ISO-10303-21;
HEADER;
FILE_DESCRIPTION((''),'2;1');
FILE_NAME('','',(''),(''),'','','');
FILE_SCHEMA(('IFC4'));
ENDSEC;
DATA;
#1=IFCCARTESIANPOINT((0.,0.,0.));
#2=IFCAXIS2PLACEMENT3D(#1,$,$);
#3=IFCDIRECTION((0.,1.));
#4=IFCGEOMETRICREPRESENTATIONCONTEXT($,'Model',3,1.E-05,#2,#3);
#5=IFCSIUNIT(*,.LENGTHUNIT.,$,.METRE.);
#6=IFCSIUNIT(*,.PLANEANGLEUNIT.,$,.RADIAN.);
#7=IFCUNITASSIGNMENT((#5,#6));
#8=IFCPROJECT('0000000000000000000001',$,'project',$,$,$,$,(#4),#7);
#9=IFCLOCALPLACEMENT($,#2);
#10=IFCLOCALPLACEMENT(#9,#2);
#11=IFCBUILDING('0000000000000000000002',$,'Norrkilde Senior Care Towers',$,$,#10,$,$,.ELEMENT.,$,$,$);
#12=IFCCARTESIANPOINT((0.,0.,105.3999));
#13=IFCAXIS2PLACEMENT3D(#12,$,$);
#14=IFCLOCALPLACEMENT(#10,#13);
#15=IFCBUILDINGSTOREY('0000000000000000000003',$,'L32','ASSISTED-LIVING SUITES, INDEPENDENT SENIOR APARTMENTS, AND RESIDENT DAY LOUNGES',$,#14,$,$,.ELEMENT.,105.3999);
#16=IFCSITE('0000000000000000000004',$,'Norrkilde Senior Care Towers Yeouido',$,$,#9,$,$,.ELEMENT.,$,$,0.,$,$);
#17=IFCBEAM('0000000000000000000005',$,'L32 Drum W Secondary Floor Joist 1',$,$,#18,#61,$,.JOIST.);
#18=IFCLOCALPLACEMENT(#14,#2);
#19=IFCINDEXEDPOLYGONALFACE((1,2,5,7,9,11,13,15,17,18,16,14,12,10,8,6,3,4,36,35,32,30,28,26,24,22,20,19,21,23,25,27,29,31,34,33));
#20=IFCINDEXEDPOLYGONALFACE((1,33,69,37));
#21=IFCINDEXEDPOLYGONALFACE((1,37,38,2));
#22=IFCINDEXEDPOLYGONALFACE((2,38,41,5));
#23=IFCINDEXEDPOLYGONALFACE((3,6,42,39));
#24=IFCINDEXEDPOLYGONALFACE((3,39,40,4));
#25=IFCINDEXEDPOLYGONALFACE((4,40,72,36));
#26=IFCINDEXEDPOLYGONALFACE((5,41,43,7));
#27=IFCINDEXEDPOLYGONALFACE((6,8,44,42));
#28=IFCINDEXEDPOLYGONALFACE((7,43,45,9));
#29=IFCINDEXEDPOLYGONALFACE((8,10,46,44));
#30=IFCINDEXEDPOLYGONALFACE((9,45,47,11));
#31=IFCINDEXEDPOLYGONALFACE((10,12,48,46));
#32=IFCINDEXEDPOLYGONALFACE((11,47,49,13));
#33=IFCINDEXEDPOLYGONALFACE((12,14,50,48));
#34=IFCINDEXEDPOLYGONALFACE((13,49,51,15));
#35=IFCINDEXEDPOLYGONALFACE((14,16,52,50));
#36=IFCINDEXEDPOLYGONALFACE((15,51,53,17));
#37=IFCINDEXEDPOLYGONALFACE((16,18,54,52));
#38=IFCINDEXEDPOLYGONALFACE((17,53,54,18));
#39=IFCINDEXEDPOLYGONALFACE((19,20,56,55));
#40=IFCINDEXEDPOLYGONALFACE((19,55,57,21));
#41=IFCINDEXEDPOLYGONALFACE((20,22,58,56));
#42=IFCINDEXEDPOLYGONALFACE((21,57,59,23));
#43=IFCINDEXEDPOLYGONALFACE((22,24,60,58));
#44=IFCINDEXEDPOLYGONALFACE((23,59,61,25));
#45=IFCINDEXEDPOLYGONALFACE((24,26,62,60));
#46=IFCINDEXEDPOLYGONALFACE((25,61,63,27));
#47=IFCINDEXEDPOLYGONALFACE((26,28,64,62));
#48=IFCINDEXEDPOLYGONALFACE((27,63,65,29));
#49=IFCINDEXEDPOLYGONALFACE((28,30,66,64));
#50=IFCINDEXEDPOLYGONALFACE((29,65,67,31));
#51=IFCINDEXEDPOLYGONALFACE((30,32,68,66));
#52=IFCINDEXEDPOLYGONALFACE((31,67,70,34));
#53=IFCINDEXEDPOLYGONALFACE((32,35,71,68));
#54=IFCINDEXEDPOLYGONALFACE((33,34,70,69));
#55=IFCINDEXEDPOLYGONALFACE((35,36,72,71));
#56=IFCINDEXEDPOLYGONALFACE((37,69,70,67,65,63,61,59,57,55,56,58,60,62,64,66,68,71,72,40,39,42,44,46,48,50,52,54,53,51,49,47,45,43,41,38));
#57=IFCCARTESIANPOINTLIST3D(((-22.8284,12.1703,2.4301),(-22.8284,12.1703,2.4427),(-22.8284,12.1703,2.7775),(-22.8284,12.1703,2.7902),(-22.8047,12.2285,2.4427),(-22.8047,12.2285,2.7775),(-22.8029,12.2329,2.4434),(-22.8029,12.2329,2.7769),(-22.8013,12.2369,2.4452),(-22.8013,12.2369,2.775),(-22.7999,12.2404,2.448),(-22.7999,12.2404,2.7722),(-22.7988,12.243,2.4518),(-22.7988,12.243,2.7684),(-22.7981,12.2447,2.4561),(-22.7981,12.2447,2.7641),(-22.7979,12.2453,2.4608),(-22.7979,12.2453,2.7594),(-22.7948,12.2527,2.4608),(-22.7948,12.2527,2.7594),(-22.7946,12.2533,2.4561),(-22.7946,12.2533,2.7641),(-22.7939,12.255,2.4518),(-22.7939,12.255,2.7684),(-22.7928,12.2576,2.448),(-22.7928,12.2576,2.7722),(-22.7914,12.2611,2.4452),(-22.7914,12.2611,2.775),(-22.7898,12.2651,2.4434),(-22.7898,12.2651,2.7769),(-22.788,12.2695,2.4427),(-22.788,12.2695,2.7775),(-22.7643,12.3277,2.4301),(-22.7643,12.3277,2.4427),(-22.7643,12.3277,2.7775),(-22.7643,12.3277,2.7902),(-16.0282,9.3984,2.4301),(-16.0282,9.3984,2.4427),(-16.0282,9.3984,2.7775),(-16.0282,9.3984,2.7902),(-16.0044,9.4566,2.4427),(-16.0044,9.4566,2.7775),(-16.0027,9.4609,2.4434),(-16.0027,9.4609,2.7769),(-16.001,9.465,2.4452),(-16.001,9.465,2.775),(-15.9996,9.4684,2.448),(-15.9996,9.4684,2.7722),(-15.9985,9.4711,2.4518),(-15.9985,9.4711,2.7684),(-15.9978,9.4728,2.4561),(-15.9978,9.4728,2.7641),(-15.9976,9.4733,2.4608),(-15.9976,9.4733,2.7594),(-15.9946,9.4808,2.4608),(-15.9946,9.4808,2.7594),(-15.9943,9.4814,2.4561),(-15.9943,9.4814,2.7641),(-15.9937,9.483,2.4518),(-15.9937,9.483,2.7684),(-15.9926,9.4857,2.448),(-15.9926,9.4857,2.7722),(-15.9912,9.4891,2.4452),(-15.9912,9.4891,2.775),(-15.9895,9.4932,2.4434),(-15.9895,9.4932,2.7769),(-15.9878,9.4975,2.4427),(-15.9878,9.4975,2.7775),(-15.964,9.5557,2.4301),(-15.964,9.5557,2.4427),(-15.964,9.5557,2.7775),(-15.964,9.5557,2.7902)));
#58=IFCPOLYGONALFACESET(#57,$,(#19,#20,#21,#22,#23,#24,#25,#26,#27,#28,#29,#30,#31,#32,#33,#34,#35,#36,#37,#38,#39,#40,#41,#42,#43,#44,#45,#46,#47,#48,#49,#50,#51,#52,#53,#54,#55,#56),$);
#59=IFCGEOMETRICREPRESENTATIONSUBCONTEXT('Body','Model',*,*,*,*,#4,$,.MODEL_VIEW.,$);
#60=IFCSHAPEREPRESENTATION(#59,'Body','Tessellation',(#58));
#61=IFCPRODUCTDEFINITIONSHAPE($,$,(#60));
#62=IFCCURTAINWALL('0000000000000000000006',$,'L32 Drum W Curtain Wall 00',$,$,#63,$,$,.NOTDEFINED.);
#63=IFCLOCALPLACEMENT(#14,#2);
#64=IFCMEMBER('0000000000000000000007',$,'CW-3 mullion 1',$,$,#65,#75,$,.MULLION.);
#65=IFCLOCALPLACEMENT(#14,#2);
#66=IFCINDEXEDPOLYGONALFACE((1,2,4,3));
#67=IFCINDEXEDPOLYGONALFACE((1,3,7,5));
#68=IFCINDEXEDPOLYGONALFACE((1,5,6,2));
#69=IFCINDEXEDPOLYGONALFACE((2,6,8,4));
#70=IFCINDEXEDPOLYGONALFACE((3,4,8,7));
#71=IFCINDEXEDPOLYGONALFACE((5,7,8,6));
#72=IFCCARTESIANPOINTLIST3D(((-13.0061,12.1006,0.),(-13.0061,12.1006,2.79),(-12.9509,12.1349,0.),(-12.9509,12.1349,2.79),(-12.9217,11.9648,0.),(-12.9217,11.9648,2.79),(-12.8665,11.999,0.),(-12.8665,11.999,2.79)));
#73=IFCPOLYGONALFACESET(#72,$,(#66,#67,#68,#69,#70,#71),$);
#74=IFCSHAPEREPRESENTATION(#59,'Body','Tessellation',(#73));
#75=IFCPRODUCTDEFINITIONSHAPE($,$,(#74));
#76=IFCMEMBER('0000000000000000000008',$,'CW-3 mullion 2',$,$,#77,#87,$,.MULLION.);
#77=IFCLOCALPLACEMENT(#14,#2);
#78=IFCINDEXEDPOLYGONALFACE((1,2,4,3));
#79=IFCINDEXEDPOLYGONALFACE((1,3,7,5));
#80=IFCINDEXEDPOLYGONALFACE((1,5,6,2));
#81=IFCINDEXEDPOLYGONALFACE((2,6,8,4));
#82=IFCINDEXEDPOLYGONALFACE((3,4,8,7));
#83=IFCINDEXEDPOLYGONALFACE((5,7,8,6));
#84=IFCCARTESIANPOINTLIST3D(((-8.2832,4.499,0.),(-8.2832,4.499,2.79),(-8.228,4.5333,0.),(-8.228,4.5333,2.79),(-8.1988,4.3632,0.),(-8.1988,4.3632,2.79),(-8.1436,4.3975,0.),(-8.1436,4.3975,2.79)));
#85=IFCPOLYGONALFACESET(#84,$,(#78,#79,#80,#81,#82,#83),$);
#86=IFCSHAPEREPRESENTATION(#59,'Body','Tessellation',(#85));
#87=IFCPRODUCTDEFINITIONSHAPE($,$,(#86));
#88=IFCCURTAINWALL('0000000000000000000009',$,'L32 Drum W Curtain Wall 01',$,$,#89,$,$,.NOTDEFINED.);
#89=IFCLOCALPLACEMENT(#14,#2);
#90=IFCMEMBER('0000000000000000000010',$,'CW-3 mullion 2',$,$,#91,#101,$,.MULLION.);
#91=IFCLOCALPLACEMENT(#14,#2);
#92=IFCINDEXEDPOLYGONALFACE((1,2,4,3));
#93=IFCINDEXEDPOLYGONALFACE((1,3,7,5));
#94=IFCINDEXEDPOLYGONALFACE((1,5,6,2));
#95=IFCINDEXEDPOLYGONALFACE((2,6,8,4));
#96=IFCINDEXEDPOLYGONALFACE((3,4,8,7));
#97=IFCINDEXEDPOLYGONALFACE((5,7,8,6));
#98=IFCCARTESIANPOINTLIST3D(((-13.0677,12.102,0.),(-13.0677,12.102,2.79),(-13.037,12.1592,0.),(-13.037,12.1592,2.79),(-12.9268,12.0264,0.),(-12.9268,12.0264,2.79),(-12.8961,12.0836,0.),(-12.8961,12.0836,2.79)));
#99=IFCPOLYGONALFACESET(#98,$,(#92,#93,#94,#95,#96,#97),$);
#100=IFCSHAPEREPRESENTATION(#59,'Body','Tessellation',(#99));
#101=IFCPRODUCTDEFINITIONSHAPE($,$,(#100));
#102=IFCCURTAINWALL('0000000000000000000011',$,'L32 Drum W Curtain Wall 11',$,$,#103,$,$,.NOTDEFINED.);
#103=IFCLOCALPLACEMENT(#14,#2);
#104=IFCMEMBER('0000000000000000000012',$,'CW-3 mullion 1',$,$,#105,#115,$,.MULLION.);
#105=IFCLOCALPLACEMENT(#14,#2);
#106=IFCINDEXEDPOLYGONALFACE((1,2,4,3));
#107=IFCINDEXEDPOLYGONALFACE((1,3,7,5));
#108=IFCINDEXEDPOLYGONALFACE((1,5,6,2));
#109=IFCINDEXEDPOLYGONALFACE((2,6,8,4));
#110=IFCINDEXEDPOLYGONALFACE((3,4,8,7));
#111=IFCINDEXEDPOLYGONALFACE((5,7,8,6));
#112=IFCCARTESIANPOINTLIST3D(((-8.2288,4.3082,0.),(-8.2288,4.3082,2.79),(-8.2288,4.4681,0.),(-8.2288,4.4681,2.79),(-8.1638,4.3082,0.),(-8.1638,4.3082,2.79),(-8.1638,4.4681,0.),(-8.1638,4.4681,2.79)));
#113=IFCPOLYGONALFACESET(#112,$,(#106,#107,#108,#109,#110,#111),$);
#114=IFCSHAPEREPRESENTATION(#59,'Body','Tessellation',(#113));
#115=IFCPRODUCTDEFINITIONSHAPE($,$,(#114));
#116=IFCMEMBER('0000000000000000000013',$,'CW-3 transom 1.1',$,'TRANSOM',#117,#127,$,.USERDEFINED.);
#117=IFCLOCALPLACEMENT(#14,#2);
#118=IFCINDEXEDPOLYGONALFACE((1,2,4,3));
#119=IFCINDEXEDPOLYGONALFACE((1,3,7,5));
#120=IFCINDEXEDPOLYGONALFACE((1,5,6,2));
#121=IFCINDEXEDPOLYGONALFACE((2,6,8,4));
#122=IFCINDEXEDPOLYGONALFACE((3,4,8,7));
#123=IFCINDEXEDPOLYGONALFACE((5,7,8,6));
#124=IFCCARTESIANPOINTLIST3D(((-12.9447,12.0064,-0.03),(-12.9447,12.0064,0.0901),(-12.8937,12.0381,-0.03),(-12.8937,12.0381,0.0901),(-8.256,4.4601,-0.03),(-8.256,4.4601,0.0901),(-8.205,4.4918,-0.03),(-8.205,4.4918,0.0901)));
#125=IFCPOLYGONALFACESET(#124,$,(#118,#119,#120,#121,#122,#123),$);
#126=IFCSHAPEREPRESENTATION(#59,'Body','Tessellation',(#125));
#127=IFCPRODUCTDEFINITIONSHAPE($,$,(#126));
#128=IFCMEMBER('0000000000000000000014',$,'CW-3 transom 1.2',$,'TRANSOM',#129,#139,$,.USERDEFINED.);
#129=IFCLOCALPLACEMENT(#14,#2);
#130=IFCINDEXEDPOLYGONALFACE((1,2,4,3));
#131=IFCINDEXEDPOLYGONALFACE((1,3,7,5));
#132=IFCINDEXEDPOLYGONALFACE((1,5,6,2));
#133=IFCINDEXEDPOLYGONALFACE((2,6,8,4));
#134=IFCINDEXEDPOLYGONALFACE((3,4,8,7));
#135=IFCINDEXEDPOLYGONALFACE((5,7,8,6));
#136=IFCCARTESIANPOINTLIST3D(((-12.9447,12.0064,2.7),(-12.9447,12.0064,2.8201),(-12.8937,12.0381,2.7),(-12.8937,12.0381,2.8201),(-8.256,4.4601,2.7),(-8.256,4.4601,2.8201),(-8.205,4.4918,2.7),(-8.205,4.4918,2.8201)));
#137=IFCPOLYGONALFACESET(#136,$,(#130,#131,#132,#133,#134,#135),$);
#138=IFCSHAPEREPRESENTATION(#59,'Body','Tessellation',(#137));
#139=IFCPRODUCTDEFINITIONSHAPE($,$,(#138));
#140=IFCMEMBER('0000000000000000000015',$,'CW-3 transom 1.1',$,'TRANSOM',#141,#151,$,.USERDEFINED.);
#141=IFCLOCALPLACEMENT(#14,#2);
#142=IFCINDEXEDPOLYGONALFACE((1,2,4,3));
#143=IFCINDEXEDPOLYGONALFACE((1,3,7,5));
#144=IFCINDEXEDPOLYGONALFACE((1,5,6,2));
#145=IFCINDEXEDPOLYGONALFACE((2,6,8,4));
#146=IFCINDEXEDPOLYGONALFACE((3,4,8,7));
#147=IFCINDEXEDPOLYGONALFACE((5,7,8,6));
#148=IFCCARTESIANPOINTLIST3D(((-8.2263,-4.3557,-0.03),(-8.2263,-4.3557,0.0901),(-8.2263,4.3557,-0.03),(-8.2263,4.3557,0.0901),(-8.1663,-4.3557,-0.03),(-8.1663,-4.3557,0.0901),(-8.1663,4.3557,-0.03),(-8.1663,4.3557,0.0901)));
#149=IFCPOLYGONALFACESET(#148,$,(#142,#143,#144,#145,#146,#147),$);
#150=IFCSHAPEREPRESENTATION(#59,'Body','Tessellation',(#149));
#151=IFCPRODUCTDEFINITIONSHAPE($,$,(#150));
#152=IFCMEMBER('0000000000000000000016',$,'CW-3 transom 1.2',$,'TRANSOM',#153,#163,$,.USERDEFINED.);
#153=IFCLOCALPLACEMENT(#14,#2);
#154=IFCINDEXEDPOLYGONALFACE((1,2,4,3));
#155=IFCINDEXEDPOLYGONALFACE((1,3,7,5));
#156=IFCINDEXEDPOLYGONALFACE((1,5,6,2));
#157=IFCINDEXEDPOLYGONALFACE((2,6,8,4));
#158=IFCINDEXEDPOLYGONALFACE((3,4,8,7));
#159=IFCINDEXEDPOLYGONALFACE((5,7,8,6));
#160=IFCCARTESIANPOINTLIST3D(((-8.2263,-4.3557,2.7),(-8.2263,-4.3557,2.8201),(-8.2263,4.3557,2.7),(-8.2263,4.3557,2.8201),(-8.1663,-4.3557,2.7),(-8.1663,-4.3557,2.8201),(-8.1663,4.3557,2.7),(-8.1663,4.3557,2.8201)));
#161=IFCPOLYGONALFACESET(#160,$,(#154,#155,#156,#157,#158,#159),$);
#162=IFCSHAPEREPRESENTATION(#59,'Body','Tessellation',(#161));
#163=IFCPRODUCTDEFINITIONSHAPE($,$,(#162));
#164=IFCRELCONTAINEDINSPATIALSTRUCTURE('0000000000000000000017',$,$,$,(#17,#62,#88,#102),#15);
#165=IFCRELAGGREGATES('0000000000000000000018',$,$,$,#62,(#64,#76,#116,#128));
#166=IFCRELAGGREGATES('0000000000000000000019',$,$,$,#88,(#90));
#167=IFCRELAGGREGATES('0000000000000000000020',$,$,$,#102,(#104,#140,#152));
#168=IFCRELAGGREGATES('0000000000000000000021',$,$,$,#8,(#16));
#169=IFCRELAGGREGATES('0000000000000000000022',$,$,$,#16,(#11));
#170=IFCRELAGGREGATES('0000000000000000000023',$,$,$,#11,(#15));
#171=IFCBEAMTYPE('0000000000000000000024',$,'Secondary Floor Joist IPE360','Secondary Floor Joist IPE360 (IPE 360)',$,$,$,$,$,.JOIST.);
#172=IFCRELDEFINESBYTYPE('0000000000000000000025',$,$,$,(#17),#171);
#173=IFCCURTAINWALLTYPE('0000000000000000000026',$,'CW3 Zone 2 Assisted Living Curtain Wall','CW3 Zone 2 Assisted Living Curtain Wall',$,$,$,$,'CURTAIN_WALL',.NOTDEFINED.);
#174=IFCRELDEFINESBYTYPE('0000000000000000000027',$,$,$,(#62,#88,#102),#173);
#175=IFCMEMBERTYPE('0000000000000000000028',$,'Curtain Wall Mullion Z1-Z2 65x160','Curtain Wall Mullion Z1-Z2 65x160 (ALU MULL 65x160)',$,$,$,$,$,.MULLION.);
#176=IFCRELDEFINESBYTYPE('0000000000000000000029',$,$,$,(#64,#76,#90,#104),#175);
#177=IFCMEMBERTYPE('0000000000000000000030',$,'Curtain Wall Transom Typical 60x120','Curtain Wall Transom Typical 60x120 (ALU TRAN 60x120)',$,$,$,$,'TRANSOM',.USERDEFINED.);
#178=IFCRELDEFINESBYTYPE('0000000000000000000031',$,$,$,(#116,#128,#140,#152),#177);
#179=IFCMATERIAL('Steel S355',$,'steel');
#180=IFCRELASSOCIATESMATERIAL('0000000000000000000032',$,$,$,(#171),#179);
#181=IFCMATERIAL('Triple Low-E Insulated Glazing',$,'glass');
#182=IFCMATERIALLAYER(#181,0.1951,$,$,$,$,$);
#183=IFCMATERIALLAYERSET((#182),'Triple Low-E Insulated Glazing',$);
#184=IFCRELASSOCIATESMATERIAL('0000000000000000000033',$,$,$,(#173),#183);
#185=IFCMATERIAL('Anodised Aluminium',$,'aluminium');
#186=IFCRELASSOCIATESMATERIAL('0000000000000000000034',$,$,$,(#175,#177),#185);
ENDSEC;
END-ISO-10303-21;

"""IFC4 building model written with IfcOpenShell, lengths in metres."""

from ifc_helpers import new_model, si_unit, direction, frame, origin, origin_2d, place, context, subcontext, project, spatial, rectangle, i_section, extrude, source, transform, mapped, material, layer, layer_set, material_profile, profile_set, type_object, type_shapes, element, aggregate, save


model = new_model("IFC4")

# Units and contexts
model_context = context("Model", 3, precision=1e-05, world=origin(), true_north=direction((0.0, 1.0)))
body_context = subcontext(model_context, "Body", "Model", "MODEL_VIEW")
ifc_project = project(units=[si_unit("LENGTHUNIT", "METRE"), si_unit("PLANEANGLEUNIT", "RADIAN")], contexts=[model_context])

# Site, building, storey
site_placement = place(None, origin())
site = spatial("IfcSite", under=ifc_project, at=site_placement, Name="Norrkilde Senior Care Towers Yeouido", CompositionType="ELEMENT", RefElevation=0.0)
building_placement = place(site_placement, origin())
building = spatial("IfcBuilding", under=site, at=building_placement, Name="Norrkilde Senior Care Towers", CompositionType="ELEMENT")
storey_placement = place(building_placement, frame((0.0, 0.0, 105.3999)))
storey = spatial("IfcBuildingStorey", under=building, at=storey_placement, Name="L32", Description="ASSISTED-LIVING SUITES, INDEPENDENT SENIOR APARTMENTS, AND RESIDENT DAY LOUNGES", CompositionType="ELEMENT", Elevation=105.3999)

# Beam
ifc_material_1 = material(Name="Steel S355", Category="steel")
ifc_material_profile_1 = material_profile(ifc_material_1, i_section(OverallWidth=0.1699, OverallDepth=0.3601, WebThickness=0.0081, FlangeThickness=0.0127, FilletRadius=0.0181, at=origin_2d()), Name="IPE 360")
ifc_profile_set_1 = profile_set([ifc_material_profile_1], Name="Steel S355")
beam_type_1 = type_object("IfcBeamType", Name="Secondary Floor Joist IPE360", Description="Secondary Floor Joist IPE360 (IPE 360)", PredefinedType="JOIST", material=ifc_profile_set_1)
shared_shape_1 = source(origin(), body_context, "Body", "SweptSolid", [
    extrude(i_section(OverallWidth=0.1699, OverallDepth=0.3601, WebThickness=0.0081, FlangeThickness=0.0127, FilletRadius=0.0181, at=origin_2d()), origin(), (0.0, 0.0, 1.0), 7.3435),
])
type_shapes(beam_type_1, [shared_shape_1])
beam_1_placement = place(storey_placement, frame((-15.9961, 9.4771, 2.6101), z_axis=(-0.926022, 0.37747, 0.0), x_axis=(-0.37747, -0.926022, 0.0)))
element("IfcBeam", 1, at=beam_1_placement, inside=storey, type_object=beam_type_1, Name="L32 Drum W Secondary Floor Joist 1", PredefinedType="JOIST", context=body_context, shape_type="MappedRepresentation", body=[
    mapped(shared_shape_1, transform((0.0, 0.0, 0.0), x_axis=(1.0, 0.0, 0.0), y_axis=(0.0, 1.0, 0.0), z_axis=(0.0, 0.0, 1.0), scale=1.0)),
])

# Curtain wall, members
ifc_material_2 = material(Name="Triple Low-E Insulated Glazing", Category="glass")
ifc_layer_1 = layer(ifc_material_2, 0.1951)
ifc_layer_set_1 = layer_set([ifc_layer_1], Name="Triple Low-E Insulated Glazing")
curtain_wall_type = type_object("IfcCurtainWallType", Name="CW3 Zone 2 Assisted Living Curtain Wall", Description="CW3 Zone 2 Assisted Living Curtain Wall", ElementType="CURTAIN_WALL", PredefinedType="NOTDEFINED", material=ifc_layer_set_1)
curtain_wall_1_placement = place(storey_placement, origin())
curtain_wall_1 = element("IfcCurtainWall", 2, at=curtain_wall_1_placement, inside=storey, type_object=curtain_wall_type, Name="L32 Drum W Curtain Wall 00", PredefinedType="NOTDEFINED")
ifc_material_3 = material(Name="Anodised Aluminium", Category="aluminium")
ifc_material_profile_2 = material_profile(ifc_material_3, rectangle(XDim=0.0649, YDim=0.1599, at=origin_2d()), Name="ALU MULL 65x160")
ifc_profile_set_2 = profile_set([ifc_material_profile_2], Name="Anodised Aluminium")
member_type_1 = type_object("IfcMemberType", Name="Curtain Wall Mullion Z1-Z2 65x160", Description="Curtain Wall Mullion Z1-Z2 65x160 (ALU MULL 65x160)", PredefinedType="MULLION", material=ifc_profile_set_2)
shared_shape_2 = source(origin(), body_context, "Body", "SweptSolid", [
    extrude(rectangle(XDim=0.0649, YDim=0.1599, at=origin_2d()), origin(), (0.0, 0.0, 1.0), 2.79),
])
type_shapes(member_type_1, [shared_shape_2])
member_1_placement = place(storey_placement, frame((-12.9363, 12.0498, 0.0), z_axis=(0.0, 0.0, 1.0), x_axis=(0.84941, 0.527733, 0.0)))
member_1 = element("IfcMember", 3, at=member_1_placement, type_object=member_type_1, Name="CW-3 mullion 1", PredefinedType="MULLION", context=body_context, shape_type="MappedRepresentation", body=[
    mapped(shared_shape_2, transform((0.0, 0.0, 0.0), x_axis=(1.0, 0.0, 0.0), y_axis=(0.0, 1.0, 0.0), z_axis=(0.0, 0.0, 1.0), scale=1.0)),
])
member_2_placement = place(storey_placement, frame((-8.2134, 4.4482, 0.0), z_axis=(0.0, 0.0, 1.0), x_axis=(0.84941, 0.527733, 0.0)))
member_2 = element("IfcMember", 4, at=member_2_placement, type_object=member_type_1, Name="CW-3 mullion 2", PredefinedType="MULLION", context=body_context, shape_type="MappedRepresentation", body=[
    mapped(shared_shape_2, transform((0.0, 0.0, 0.0), x_axis=(1.0, 0.0, 0.0), y_axis=(0.0, 1.0, 0.0), z_axis=(0.0, 0.0, 1.0), scale=1.0)),
])

# Curtain walls, members
curtain_wall_2_placement = place(storey_placement, origin())
curtain_wall_2 = element("IfcCurtainWall", 5, at=curtain_wall_2_placement, inside=storey, type_object=curtain_wall_type, Name="L32 Drum W Curtain Wall 01", PredefinedType="NOTDEFINED")
member_3_placement = place(storey_placement, frame((-12.9819, 12.0928, 0.0), z_axis=(0.0, 0.0, 1.0), x_axis=(0.472769, 0.881186, 0.0)))
member_3 = element("IfcMember", 6, at=member_3_placement, type_object=member_type_1, Name="CW-3 mullion 2", PredefinedType="MULLION", context=body_context, shape_type="MappedRepresentation", body=[
    mapped(shared_shape_2, transform((0.0, 0.0, 0.0), x_axis=(1.0, 0.0, 0.0), y_axis=(0.0, 1.0, 0.0), z_axis=(0.0, 0.0, 1.0), scale=1.0)),
])
curtain_wall_3_placement = place(storey_placement, origin())
curtain_wall_3 = element("IfcCurtainWall", 7, at=curtain_wall_3_placement, inside=storey, type_object=curtain_wall_type, Name="L32 Drum W Curtain Wall 11", PredefinedType="NOTDEFINED")
member_4_placement = place(storey_placement, frame((-8.1963, 4.3882, 0.0), z_axis=(0.0, 0.0, 1.0), x_axis=(1.0, 0.0, 0.0)))
member_4 = element("IfcMember", 8, at=member_4_placement, type_object=member_type_1, Name="CW-3 mullion 1", PredefinedType="MULLION", context=body_context, shape_type="MappedRepresentation", body=[
    mapped(shared_shape_2, transform((0.0, 0.0, 0.0), x_axis=(1.0, 0.0, 0.0), y_axis=(0.0, 1.0, 0.0), z_axis=(0.0, 0.0, 1.0), scale=1.0)),
])

# Members
ifc_material_profile_3 = material_profile(ifc_material_3, rectangle(XDim=0.0601, YDim=0.1201, at=origin_2d()), Name="ALU TRAN 60x120")
ifc_profile_set_3 = profile_set([ifc_material_profile_3], Name="Anodised Aluminium")
member_type_2 = type_object("IfcMemberType", Name="Curtain Wall Transom Typical 60x120", Description="Curtain Wall Transom Typical 60x120 (ALU TRAN 60x120)", ElementType="TRANSOM", PredefinedType="USERDEFINED", material=ifc_profile_set_3)
shared_shape_3 = source(origin(), body_context, "Body", "SweptSolid", [
    extrude(rectangle(XDim=0.0601, YDim=0.1201, at=origin_2d()), origin(), (0.0, 0.0, 1.0), 8.8843),
])
member_5_placement = place(storey_placement, frame((-12.9192, 12.0222, 0.03), z_axis=(0.527749, -0.8494, 0.0), x_axis=(0.8494, 0.527749, 0.0)))
member_5 = element("IfcMember", 9, at=member_5_placement, type_object=member_type_2, Name="CW-3 transom 1.1", ObjectType="TRANSOM", PredefinedType="USERDEFINED", context=body_context, shape_type="MappedRepresentation", body=[
    mapped(shared_shape_3, transform((0.0, 0.0, 0.0), x_axis=(1.0, 0.0, 0.0), y_axis=(0.0, 1.0, 0.0), z_axis=(0.0, 0.0, 1.0), scale=1.0)),
])
member_6_placement = place(storey_placement, frame((-12.9192, 12.0222, 2.76), z_axis=(0.527749, -0.8494, 0.0), x_axis=(0.8494, 0.527749, 0.0)))
member_6 = element("IfcMember", 10, at=member_6_placement, type_object=member_type_2, Name="CW-3 transom 1.2", ObjectType="TRANSOM", PredefinedType="USERDEFINED", context=body_context, shape_type="MappedRepresentation", body=[
    mapped(shared_shape_3, transform((0.0, 0.0, 0.0), x_axis=(1.0, 0.0, 0.0), y_axis=(0.0, 1.0, 0.0), z_axis=(0.0, 0.0, 1.0), scale=1.0)),
])
shared_shape_4 = source(origin(), body_context, "Body", "SweptSolid", [
    extrude(rectangle(XDim=0.0601, YDim=0.1201, at=origin_2d()), origin(), (0.0, 0.0, 1.0), 8.7114),
])
type_shapes(member_type_2, [shared_shape_3, shared_shape_4])
member_7_placement = place(storey_placement, frame((-8.1963, 4.3557, 0.03), z_axis=(0.0, -1.0, 0.0), x_axis=(1.0, 0.0, 0.0)))
member_7 = element("IfcMember", 11, at=member_7_placement, type_object=member_type_2, Name="CW-3 transom 1.1", ObjectType="TRANSOM", PredefinedType="USERDEFINED", context=body_context, shape_type="MappedRepresentation", body=[
    mapped(shared_shape_4, transform((0.0, 0.0, 0.0), x_axis=(1.0, 0.0, 0.0), y_axis=(0.0, 1.0, 0.0), z_axis=(0.0, 0.0, 1.0), scale=1.0)),
])
member_8_placement = place(storey_placement, frame((-8.1963, 4.3557, 2.76), z_axis=(0.0, -1.0, 0.0), x_axis=(1.0, 0.0, 0.0)))
member_8 = element("IfcMember", 12, at=member_8_placement, type_object=member_type_2, Name="CW-3 transom 1.2", ObjectType="TRANSOM", PredefinedType="USERDEFINED", context=body_context, shape_type="MappedRepresentation", body=[
    mapped(shared_shape_4, transform((0.0, 0.0, 0.0), x_axis=(1.0, 0.0, 0.0), y_axis=(0.0, 1.0, 0.0), z_axis=(0.0, 0.0, 1.0), scale=1.0)),
])

aggregate(curtain_wall_1, [member_1, member_2, member_5, member_6])
aggregate(curtain_wall_2, [member_3])
aggregate(curtain_wall_3, [member_4, member_7, member_8])

save(model, "model.ifc")
